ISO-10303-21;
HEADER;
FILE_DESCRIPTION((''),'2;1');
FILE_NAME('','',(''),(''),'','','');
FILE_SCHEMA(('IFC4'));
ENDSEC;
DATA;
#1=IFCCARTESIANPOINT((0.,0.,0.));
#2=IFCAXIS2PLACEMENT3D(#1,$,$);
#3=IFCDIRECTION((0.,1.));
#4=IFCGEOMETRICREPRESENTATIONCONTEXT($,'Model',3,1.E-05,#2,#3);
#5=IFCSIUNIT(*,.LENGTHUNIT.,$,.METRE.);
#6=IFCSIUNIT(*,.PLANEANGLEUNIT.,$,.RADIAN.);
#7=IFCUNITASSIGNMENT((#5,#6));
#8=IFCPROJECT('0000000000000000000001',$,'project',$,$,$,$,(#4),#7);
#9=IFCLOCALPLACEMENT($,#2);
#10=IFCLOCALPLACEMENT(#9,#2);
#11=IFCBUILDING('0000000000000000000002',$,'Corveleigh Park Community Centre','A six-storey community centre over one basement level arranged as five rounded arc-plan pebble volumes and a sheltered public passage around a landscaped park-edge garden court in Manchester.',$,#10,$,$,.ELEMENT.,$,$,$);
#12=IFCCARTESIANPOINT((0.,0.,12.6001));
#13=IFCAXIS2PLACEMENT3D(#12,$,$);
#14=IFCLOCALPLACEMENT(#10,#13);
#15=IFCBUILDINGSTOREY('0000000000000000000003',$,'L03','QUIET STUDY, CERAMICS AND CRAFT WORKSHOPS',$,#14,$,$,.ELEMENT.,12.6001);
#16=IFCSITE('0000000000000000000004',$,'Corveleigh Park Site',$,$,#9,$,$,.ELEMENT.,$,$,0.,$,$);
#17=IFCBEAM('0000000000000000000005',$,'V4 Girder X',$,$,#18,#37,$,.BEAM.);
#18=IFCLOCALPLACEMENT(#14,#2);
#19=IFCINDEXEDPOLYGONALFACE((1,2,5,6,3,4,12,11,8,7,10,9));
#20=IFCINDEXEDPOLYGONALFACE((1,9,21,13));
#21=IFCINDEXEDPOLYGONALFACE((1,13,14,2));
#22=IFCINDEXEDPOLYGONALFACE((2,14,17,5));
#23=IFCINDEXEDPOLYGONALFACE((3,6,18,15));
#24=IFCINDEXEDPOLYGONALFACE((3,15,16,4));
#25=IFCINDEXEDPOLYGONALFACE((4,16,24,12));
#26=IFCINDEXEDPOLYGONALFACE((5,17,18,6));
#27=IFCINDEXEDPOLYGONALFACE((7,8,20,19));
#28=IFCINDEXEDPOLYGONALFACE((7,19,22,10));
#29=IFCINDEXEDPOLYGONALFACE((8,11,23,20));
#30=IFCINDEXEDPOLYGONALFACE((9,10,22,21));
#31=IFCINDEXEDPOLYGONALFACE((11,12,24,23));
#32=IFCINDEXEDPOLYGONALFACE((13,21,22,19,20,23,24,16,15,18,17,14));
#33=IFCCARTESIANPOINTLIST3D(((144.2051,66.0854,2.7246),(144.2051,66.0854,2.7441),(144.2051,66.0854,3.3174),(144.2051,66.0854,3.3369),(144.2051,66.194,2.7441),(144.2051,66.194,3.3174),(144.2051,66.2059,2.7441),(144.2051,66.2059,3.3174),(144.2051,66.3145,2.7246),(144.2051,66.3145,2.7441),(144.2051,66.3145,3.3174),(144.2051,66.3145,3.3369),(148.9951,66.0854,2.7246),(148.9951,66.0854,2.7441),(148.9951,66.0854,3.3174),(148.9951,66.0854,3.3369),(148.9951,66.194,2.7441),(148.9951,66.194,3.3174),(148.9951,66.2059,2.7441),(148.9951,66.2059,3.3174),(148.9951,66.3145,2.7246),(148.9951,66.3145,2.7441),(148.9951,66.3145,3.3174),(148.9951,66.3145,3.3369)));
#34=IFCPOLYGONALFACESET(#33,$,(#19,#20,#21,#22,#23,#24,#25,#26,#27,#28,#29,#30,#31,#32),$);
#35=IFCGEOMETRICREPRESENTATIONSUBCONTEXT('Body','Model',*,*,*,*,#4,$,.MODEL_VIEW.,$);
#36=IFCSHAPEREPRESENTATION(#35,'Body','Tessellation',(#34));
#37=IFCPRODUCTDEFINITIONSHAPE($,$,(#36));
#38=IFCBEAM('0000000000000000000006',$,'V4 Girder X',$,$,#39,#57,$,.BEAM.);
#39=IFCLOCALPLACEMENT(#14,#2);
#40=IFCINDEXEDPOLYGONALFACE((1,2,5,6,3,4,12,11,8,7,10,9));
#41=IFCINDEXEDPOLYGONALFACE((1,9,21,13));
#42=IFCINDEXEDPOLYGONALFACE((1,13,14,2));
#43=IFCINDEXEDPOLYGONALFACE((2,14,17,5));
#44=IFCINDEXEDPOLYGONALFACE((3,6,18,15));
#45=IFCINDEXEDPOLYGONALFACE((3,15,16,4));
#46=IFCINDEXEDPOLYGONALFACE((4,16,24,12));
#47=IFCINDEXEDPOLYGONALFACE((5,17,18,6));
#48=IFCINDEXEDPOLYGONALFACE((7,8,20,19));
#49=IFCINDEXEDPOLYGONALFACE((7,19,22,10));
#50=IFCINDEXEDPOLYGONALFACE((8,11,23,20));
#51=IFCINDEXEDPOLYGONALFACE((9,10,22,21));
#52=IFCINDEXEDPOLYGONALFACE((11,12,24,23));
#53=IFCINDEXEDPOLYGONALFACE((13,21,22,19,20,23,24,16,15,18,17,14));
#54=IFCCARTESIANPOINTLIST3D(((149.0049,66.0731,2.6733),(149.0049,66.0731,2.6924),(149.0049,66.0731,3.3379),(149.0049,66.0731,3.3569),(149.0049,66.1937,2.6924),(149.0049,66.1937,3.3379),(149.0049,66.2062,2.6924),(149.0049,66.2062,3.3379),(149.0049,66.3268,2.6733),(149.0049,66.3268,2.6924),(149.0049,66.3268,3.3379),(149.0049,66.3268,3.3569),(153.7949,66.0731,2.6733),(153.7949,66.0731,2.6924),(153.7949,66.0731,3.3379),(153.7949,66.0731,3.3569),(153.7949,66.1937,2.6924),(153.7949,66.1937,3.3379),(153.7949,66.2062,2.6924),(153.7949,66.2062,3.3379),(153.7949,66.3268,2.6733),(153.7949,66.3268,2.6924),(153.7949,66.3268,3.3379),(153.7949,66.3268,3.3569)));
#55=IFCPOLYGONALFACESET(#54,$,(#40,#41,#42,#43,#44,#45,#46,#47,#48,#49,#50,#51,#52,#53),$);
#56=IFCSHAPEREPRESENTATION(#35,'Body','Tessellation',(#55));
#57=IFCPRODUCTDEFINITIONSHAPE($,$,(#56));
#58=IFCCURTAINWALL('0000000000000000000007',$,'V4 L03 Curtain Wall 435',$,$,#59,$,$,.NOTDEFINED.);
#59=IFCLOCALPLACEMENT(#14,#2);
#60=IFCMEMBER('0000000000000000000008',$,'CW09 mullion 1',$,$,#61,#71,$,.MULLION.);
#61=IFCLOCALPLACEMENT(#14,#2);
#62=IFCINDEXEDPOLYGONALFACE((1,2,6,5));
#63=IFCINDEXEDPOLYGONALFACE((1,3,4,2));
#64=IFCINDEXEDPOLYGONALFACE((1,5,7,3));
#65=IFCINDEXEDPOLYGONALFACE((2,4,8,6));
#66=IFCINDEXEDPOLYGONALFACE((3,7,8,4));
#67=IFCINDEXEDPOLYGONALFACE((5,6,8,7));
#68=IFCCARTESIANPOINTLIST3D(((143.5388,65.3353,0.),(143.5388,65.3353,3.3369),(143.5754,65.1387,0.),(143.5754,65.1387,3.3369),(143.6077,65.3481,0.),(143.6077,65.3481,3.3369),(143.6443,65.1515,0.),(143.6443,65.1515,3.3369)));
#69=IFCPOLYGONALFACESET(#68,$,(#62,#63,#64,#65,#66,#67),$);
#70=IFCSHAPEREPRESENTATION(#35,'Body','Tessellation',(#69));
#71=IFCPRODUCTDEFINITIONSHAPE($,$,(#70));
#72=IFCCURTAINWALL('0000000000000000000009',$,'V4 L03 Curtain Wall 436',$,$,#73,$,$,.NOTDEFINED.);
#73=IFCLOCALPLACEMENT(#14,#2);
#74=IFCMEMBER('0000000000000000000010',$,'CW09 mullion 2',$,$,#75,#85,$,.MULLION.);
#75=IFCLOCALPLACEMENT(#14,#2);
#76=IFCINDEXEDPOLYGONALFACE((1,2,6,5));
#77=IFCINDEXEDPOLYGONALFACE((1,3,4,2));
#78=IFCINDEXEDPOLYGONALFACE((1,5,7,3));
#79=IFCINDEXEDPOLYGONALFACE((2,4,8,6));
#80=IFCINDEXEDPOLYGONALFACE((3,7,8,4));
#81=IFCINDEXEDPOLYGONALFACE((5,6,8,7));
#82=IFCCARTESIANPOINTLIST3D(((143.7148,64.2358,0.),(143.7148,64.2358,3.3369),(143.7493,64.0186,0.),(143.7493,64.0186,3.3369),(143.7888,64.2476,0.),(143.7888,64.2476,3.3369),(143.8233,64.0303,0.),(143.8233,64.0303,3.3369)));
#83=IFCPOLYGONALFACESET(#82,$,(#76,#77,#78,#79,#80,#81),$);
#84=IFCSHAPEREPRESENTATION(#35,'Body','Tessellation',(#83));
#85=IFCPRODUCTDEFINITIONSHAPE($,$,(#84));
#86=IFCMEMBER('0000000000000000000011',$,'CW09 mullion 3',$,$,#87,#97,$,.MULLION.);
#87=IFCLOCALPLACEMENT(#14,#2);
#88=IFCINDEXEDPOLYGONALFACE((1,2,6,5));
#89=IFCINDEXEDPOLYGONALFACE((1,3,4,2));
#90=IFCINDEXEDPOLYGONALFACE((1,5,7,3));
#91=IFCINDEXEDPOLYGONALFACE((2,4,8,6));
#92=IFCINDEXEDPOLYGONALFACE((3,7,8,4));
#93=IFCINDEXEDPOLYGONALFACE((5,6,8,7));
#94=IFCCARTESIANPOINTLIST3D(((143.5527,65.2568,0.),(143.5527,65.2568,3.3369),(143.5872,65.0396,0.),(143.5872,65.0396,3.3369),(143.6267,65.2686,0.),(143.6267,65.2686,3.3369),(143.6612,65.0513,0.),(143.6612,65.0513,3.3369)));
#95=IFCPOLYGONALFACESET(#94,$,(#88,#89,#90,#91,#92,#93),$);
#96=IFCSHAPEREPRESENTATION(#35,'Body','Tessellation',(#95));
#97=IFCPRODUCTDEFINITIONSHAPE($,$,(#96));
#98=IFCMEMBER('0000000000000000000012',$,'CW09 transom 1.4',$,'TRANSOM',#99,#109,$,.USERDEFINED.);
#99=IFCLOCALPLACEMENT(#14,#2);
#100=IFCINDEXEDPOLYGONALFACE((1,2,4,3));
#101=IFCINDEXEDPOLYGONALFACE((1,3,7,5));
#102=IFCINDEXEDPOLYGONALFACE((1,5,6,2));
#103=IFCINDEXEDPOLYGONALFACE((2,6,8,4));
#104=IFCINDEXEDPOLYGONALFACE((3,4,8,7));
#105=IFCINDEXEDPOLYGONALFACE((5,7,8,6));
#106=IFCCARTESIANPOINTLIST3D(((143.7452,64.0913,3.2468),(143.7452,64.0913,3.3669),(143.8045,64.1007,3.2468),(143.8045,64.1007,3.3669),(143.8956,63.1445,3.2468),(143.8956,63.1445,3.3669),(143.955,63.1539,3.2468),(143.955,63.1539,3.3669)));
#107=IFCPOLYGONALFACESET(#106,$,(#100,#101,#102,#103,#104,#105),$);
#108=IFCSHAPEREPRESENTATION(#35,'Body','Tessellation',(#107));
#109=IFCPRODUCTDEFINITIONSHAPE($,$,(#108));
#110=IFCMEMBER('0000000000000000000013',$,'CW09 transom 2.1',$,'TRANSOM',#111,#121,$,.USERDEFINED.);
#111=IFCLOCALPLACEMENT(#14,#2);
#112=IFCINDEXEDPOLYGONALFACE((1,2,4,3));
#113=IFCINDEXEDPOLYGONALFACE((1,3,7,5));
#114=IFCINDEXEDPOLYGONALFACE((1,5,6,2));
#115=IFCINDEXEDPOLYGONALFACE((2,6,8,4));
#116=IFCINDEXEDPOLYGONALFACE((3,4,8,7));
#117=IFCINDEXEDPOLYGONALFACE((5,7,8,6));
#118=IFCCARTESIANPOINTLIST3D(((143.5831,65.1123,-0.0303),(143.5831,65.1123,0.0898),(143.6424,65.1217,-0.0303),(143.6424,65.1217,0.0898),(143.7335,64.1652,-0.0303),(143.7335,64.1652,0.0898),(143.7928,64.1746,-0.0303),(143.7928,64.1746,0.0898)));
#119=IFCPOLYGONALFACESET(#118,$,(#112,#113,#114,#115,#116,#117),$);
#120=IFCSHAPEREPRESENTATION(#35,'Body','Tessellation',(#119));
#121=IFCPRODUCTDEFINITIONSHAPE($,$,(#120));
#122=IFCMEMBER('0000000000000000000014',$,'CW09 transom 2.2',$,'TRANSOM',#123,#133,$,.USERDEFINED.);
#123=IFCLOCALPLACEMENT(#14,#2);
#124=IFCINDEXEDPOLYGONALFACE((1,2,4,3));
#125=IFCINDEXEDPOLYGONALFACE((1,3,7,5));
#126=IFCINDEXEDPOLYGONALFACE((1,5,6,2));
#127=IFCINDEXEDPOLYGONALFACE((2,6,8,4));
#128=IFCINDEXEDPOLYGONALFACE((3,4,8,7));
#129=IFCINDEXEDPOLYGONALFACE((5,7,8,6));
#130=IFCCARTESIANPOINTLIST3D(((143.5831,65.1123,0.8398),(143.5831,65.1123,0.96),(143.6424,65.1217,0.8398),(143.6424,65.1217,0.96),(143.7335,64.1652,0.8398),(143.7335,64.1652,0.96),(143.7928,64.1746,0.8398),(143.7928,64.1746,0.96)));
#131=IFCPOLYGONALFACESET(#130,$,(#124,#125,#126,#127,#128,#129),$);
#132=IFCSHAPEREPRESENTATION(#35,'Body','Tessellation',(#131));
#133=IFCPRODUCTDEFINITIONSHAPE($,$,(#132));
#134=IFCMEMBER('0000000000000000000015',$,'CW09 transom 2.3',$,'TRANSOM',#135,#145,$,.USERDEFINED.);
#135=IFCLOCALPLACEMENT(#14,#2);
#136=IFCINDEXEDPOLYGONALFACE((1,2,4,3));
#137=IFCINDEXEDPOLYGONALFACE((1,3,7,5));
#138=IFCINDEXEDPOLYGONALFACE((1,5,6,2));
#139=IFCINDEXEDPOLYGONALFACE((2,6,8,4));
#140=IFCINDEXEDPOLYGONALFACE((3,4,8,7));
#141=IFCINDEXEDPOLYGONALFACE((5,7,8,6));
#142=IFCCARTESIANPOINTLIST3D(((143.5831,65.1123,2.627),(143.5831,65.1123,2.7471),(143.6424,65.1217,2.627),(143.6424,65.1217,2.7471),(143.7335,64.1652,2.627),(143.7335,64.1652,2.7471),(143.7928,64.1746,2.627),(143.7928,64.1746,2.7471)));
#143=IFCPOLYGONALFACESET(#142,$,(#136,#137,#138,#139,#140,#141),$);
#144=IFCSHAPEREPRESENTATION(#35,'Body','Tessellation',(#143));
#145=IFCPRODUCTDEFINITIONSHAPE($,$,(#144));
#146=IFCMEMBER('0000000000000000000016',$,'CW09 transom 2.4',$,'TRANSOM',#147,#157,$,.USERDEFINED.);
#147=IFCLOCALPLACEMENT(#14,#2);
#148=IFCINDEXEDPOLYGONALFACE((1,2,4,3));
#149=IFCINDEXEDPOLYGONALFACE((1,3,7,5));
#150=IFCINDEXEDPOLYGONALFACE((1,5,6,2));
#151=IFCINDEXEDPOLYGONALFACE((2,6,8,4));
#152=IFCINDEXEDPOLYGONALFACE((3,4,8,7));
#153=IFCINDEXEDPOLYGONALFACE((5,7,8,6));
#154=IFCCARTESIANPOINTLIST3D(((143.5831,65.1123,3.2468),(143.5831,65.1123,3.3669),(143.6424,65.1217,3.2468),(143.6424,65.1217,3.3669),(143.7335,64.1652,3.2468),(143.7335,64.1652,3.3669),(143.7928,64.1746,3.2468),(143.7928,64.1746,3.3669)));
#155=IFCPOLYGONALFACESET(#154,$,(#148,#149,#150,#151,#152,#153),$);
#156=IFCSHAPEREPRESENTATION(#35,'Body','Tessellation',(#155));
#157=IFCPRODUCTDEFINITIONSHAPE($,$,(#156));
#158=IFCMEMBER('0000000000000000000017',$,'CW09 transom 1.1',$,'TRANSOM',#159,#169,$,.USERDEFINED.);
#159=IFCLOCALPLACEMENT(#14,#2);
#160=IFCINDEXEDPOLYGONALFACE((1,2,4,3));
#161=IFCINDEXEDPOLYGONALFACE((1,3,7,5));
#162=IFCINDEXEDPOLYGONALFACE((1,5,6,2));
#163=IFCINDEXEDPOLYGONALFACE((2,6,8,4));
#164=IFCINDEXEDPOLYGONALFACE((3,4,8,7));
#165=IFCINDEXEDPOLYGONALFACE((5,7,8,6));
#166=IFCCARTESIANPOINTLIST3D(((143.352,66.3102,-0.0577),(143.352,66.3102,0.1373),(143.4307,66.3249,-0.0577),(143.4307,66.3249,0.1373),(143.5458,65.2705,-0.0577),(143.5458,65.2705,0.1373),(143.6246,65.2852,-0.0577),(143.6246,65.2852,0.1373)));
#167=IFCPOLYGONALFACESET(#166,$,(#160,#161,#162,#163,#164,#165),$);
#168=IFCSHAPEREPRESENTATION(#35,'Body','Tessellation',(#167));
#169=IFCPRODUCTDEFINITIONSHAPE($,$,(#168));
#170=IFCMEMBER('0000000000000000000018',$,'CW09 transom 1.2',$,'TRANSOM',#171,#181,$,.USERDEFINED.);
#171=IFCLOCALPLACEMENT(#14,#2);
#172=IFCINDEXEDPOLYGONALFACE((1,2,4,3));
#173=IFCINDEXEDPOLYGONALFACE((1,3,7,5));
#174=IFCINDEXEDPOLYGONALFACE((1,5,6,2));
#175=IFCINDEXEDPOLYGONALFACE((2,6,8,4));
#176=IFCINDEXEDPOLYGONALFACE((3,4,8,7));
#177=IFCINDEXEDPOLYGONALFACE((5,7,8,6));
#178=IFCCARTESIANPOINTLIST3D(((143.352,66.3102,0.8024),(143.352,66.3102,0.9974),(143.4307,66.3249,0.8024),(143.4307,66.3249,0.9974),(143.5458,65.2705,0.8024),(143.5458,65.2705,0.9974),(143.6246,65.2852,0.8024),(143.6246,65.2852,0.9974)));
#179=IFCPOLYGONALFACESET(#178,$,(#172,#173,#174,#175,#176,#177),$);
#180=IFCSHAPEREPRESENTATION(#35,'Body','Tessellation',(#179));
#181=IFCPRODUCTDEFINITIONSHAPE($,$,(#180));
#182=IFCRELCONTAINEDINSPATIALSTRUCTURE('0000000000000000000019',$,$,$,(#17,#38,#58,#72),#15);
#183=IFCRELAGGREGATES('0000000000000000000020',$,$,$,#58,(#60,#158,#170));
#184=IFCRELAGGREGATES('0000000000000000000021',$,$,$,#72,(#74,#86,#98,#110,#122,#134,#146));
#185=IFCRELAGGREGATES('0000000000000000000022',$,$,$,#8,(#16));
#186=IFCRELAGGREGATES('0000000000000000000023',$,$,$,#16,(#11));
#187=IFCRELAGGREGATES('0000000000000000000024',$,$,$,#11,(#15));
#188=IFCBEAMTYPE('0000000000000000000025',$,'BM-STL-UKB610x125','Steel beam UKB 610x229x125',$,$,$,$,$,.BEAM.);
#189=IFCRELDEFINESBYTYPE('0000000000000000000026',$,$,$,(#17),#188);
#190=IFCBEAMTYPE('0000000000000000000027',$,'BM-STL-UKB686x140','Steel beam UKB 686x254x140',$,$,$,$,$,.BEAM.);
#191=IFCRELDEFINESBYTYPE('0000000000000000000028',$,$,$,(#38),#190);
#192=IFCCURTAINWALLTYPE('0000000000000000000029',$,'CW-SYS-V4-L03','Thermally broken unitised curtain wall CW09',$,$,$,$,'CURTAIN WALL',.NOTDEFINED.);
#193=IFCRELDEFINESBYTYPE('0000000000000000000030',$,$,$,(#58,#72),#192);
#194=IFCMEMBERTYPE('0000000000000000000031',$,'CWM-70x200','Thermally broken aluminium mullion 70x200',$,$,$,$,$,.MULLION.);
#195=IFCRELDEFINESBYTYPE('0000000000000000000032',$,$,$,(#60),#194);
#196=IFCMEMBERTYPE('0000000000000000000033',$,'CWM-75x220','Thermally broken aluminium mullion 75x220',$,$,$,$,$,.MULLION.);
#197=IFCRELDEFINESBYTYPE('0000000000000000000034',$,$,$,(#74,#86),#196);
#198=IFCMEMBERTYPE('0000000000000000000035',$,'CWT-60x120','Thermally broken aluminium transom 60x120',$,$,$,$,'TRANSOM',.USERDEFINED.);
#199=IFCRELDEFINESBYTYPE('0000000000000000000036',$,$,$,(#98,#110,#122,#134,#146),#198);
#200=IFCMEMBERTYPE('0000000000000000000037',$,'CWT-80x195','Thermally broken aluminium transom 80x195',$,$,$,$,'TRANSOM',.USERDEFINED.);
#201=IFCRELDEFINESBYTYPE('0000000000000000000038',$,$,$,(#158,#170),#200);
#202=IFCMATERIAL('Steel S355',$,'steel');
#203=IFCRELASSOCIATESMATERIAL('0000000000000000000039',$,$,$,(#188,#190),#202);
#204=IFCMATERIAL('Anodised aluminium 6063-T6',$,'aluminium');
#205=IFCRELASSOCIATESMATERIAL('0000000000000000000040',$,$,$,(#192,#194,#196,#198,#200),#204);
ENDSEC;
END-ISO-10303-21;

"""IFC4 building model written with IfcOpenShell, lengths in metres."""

from ifc_helpers import new_model, si_unit, direction, frame, origin, origin_2d, place, context, subcontext, project, spatial, rectangle, i_section, extrude, material, material_profile, profile_set, type_object, element, aggregate, save


model = new_model("IFC4")

# Units and contexts
model_context = context("Model", 3, precision=1e-05, world=origin(), true_north=direction((0.0, 1.0)))
body_context = subcontext(model_context, "Body", "Model", "MODEL_VIEW")
ifc_project = project(units=[si_unit("LENGTHUNIT", "METRE"), si_unit("PLANEANGLEUNIT", "RADIAN")], contexts=[model_context])

# Site, building, storey
site_placement = place(None, origin())
site = spatial("IfcSite", under=ifc_project, at=site_placement, Name="Corveleigh Park Site", CompositionType="ELEMENT", RefElevation=0.0)
building_placement = place(site_placement, origin())
building = spatial("IfcBuilding", under=site, at=building_placement, Name="Corveleigh Park Community Centre", Description="A six-storey community centre over one basement level arranged as five rounded arc-plan pebble volumes and a sheltered public passage around a landscaped park-edge garden court in Manchester.", CompositionType="ELEMENT")
storey_placement = place(building_placement, frame((0.0, 0.0, 12.6001)))
storey = spatial("IfcBuildingStorey", under=building, at=storey_placement, Name="L03", Description="QUIET STUDY, CERAMICS AND CRAFT WORKSHOPS", CompositionType="ELEMENT", Elevation=12.6001)

# Shared definitions
ifc_material_1 = material(Name="Steel S355", Category="steel")

# Beams
ifc_material_profile_1 = material_profile(ifc_material_1, i_section(OverallWidth=0.229, OverallDepth=0.6123, WebThickness=0.012, FlangeThickness=0.0195, at=origin_2d()), Name="UKB 610x229x125", Category="steel")
ifc_profile_set_1 = profile_set([ifc_material_profile_1], Name="Steel S355")
beam_type_1 = type_object("IfcBeamType", Name="BM-STL-UKB610x125", Description="Steel beam UKB 610x229x125", PredefinedType="BEAM", material=ifc_profile_set_1)
beam_1_placement = place(storey_placement, frame((144.2051, 66.2, 3.0308), z_axis=(1.0, 0.0, 0.0), x_axis=(0.0, 1.0, 0.0)))
element("IfcBeam", 1, at=beam_1_placement, inside=storey, type_object=beam_type_1, Name="V4 Girder X", PredefinedType="BEAM", context=body_context, shape_type="SweptSolid", body=[
    extrude(i_section(OverallWidth=0.229, OverallDepth=0.6123, WebThickness=0.012, FlangeThickness=0.0195, at=origin_2d()), origin(), (0.0, 0.0, 1.0), 4.79),
])
ifc_material_profile_2 = material_profile(ifc_material_1, i_section(OverallWidth=0.2537, OverallDepth=0.6836, WebThickness=0.0125, FlangeThickness=0.019, at=origin_2d()), Name="UKB 686x254x140", Category="steel")
ifc_profile_set_2 = profile_set([ifc_material_profile_2], Name="Steel S355")
beam_type_2 = type_object("IfcBeamType", Name="BM-STL-UKB686x140", Description="Steel beam UKB 686x254x140", PredefinedType="BEAM", material=ifc_profile_set_2)
beam_2_placement = place(storey_placement, frame((149.0049, 66.2, 3.0151), z_axis=(1.0, 0.0, 0.0), x_axis=(0.0, 1.0, 0.0)))
element("IfcBeam", 2, at=beam_2_placement, inside=storey, type_object=beam_type_2, Name="V4 Girder X", PredefinedType="BEAM", context=body_context, shape_type="SweptSolid", body=[
    extrude(i_section(OverallWidth=0.2537, OverallDepth=0.6836, WebThickness=0.0125, FlangeThickness=0.019, at=origin_2d()), origin(), (0.0, 0.0, 1.0), 4.79),
])

# Curtain wall, member
ifc_material_2 = material(Name="Anodised aluminium 6063-T6", Category="aluminium")
curtain_wall_type = type_object("IfcCurtainWallType", Name="CW-SYS-V4-L03", Description="Thermally broken unitised curtain wall CW09", ElementType="CURTAIN WALL", PredefinedType="NOTDEFINED", material=ifc_material_2)
curtain_wall_1_placement = place(storey_placement, origin())
curtain_wall_1 = element("IfcCurtainWall", 3, at=curtain_wall_1_placement, inside=storey, type_object=curtain_wall_type, Name="V4 L03 Curtain Wall 435", PredefinedType="NOTDEFINED")
ifc_material_profile_3 = material_profile(ifc_material_2, rectangle(XDim=0.0701, YDim=0.2, at=origin_2d()), Name="ALU-M70x200", Category="aluminium")
ifc_profile_set_3 = profile_set([ifc_material_profile_3], Name="Anodised aluminium 6063-T6")
member_type_1 = type_object("IfcMemberType", Name="CWM-70x200", Description="Thermally broken aluminium mullion 70x200", PredefinedType="MULLION", material=ifc_profile_set_3)
member_1_placement = place(storey_placement, frame((143.5916, 65.2434, 0.0), z_axis=(0.0, 0.0, 1.0), x_axis=(-0.983076, -0.183198, 0.0)))
member_1 = element("IfcMember", 4, at=member_1_placement, type_object=member_type_1, Name="CW09 mullion 1", PredefinedType="MULLION", context=body_context, shape_type="SweptSolid", body=[
    extrude(rectangle(XDim=0.0701, YDim=0.2, at=origin_2d()), origin(), (0.0, 0.0, 1.0), 3.3369),
])

# Curtain wall, members
curtain_wall_2_placement = place(storey_placement, origin())
curtain_wall_2 = element("IfcCurtainWall", 5, at=curtain_wall_2_placement, inside=storey, type_object=curtain_wall_type, Name="V4 L03 Curtain Wall 436", PredefinedType="NOTDEFINED")
ifc_material_profile_4 = material_profile(ifc_material_2, rectangle(XDim=0.075, YDim=0.22, at=origin_2d()), Name="ALU-M75x220", Category="aluminium")
ifc_profile_set_4 = profile_set([ifc_material_profile_4], Name="Anodised aluminium 6063-T6")
member_type_2 = type_object("IfcMemberType", Name="CWM-75x220", Description="Thermally broken aluminium mullion 75x220", PredefinedType="MULLION", material=ifc_profile_set_4)
member_2_placement = place(storey_placement, frame((143.769, 64.1331, 0.0), z_axis=(0.0, 0.0, 1.0), x_axis=(-0.987626, -0.156825, 0.0)))
member_2 = element("IfcMember", 6, at=member_2_placement, type_object=member_type_2, Name="CW09 mullion 2", PredefinedType="MULLION", context=body_context, shape_type="SweptSolid", body=[
    extrude(rectangle(XDim=0.075, YDim=0.22, at=origin_2d()), origin(), (0.0, 0.0, 1.0), 3.3369),
])
member_3_placement = place(storey_placement, frame((143.6069, 65.1541, 0.0), z_axis=(0.0, 0.0, 1.0), x_axis=(-0.987626, -0.156825, 0.0)))
member_3 = element("IfcMember", 7, at=member_3_placement, type_object=member_type_2, Name="CW09 mullion 3", PredefinedType="MULLION", context=body_context, shape_type="SweptSolid", body=[
    extrude(rectangle(XDim=0.075, YDim=0.22, at=origin_2d()), origin(), (0.0, 0.0, 1.0), 3.3369),
])
ifc_material_profile_5 = material_profile(ifc_material_2, rectangle(XDim=0.0601, YDim=0.1201, at=origin_2d()), Name="ALU-T60x120", Category="aluminium")
ifc_profile_set_5 = profile_set([ifc_material_profile_5], Name="Anodised aluminium 6063-T6")
member_type_3 = type_object("IfcMemberType", Name="CWT-60x120", Description="Thermally broken aluminium transom 60x120", ElementType="TRANSOM", PredefinedType="USERDEFINED", material=ifc_profile_set_5)
member_4_placement = place(storey_placement, frame((143.9253, 63.1492, 3.3069), z_axis=(-0.156878, 0.987618, 0.0), x_axis=(-0.987618, -0.156878, 0.0)))
member_4 = element("IfcMember", 8, at=member_4_placement, type_object=member_type_3, Name="CW09 transom 1.4", ObjectType="TRANSOM", PredefinedType="USERDEFINED", context=body_context, shape_type="SweptSolid", body=[
    extrude(rectangle(XDim=0.0601, YDim=0.1201, at=origin_2d()), origin(), (0.0, 0.0, 1.0), 0.9587),
])
member_5_placement = place(storey_placement, frame((143.7632, 64.1699, 0.0298), z_axis=(-0.156839, 0.987624, 0.0), x_axis=(-0.987624, -0.156839, 0.0)))
member_5 = element("IfcMember", 9, at=member_5_placement, type_object=member_type_3, Name="CW09 transom 2.1", ObjectType="TRANSOM", PredefinedType="USERDEFINED", context=body_context, shape_type="SweptSolid", body=[
    extrude(rectangle(XDim=0.0601, YDim=0.1201, at=origin_2d()), origin(), (0.0, 0.0, 1.0), 0.959),
])
member_6_placement = place(storey_placement, frame((143.7632, 64.1699, 0.8999), z_axis=(-0.156839, 0.987624, 0.0), x_axis=(-0.987624, -0.156839, 0.0)))
member_6 = element("IfcMember", 10, at=member_6_placement, type_object=member_type_3, Name="CW09 transom 2.2", ObjectType="TRANSOM", PredefinedType="USERDEFINED", context=body_context, shape_type="SweptSolid", body=[
    extrude(rectangle(XDim=0.0601, YDim=0.1201, at=origin_2d()), origin(), (0.0, 0.0, 1.0), 0.959),
])
member_7_placement = place(storey_placement, frame((143.7632, 64.1699, 2.687), z_axis=(-0.156839, 0.987624, 0.0), x_axis=(-0.987624, -0.156839, 0.0)))
member_7 = element("IfcMember", 11, at=member_7_placement, type_object=member_type_3, Name="CW09 transom 2.3", ObjectType="TRANSOM", PredefinedType="USERDEFINED", context=body_context, shape_type="SweptSolid", body=[
    extrude(rectangle(XDim=0.0601, YDim=0.1201, at=origin_2d()), origin(), (0.0, 0.0, 1.0), 0.959),
])
member_8_placement = place(storey_placement, frame((143.7632, 64.1699, 3.3069), z_axis=(-0.156839, 0.987624, 0.0), x_axis=(-0.987624, -0.156839, 0.0)))
member_8 = element("IfcMember", 12, at=member_8_placement, type_object=member_type_3, Name="CW09 transom 2.4", ObjectType="TRANSOM", PredefinedType="USERDEFINED", context=body_context, shape_type="SweptSolid", body=[
    extrude(rectangle(XDim=0.0601, YDim=0.1201, at=origin_2d()), origin(), (0.0, 0.0, 1.0), 0.959),
])

# Members
ifc_material_profile_6 = material_profile(ifc_material_2, rectangle(XDim=0.0801, YDim=0.1951, at=origin_2d()), Name="ALU-T80x195", Category="aluminium")
ifc_profile_set_6 = profile_set([ifc_material_profile_6], Name="Anodised aluminium 6063-T6")
member_type_4 = type_object("IfcMemberType", Name="CWT-80x195", Description="Thermally broken aluminium transom 80x195", ElementType="TRANSOM", PredefinedType="USERDEFINED", material=ifc_profile_set_6)
member_9_placement = place(storey_placement, frame((143.5852, 65.2778, 0.0398), z_axis=(-0.183271, 0.983062, 0.0), x_axis=(-0.983062, -0.183271, 0.0)))
member_9 = element("IfcMember", 13, at=member_9_placement, type_object=member_type_4, Name="CW09 transom 1.1", ObjectType="TRANSOM", PredefinedType="USERDEFINED", context=body_context, shape_type="SweptSolid", body=[
    extrude(rectangle(XDim=0.0801, YDim=0.1951, at=origin_2d()), origin(), (0.0, 0.0, 1.0), 1.0576),
])
member_10_placement = place(storey_placement, frame((143.5852, 65.2778, 0.8999), z_axis=(-0.183271, 0.983062, 0.0), x_axis=(-0.983062, -0.183271, 0.0)))
member_10 = element("IfcMember", 14, at=member_10_placement, type_object=member_type_4, Name="CW09 transom 1.2", ObjectType="TRANSOM", PredefinedType="USERDEFINED", context=body_context, shape_type="SweptSolid", body=[
    extrude(rectangle(XDim=0.0801, YDim=0.1951, at=origin_2d()), origin(), (0.0, 0.0, 1.0), 1.0576),
])

aggregate(curtain_wall_1, [member_1, member_9, member_10])
aggregate(curtain_wall_2, [member_2, member_3, member_4, member_5, member_6, member_7, member_8])

save(model, "model.ifc")
